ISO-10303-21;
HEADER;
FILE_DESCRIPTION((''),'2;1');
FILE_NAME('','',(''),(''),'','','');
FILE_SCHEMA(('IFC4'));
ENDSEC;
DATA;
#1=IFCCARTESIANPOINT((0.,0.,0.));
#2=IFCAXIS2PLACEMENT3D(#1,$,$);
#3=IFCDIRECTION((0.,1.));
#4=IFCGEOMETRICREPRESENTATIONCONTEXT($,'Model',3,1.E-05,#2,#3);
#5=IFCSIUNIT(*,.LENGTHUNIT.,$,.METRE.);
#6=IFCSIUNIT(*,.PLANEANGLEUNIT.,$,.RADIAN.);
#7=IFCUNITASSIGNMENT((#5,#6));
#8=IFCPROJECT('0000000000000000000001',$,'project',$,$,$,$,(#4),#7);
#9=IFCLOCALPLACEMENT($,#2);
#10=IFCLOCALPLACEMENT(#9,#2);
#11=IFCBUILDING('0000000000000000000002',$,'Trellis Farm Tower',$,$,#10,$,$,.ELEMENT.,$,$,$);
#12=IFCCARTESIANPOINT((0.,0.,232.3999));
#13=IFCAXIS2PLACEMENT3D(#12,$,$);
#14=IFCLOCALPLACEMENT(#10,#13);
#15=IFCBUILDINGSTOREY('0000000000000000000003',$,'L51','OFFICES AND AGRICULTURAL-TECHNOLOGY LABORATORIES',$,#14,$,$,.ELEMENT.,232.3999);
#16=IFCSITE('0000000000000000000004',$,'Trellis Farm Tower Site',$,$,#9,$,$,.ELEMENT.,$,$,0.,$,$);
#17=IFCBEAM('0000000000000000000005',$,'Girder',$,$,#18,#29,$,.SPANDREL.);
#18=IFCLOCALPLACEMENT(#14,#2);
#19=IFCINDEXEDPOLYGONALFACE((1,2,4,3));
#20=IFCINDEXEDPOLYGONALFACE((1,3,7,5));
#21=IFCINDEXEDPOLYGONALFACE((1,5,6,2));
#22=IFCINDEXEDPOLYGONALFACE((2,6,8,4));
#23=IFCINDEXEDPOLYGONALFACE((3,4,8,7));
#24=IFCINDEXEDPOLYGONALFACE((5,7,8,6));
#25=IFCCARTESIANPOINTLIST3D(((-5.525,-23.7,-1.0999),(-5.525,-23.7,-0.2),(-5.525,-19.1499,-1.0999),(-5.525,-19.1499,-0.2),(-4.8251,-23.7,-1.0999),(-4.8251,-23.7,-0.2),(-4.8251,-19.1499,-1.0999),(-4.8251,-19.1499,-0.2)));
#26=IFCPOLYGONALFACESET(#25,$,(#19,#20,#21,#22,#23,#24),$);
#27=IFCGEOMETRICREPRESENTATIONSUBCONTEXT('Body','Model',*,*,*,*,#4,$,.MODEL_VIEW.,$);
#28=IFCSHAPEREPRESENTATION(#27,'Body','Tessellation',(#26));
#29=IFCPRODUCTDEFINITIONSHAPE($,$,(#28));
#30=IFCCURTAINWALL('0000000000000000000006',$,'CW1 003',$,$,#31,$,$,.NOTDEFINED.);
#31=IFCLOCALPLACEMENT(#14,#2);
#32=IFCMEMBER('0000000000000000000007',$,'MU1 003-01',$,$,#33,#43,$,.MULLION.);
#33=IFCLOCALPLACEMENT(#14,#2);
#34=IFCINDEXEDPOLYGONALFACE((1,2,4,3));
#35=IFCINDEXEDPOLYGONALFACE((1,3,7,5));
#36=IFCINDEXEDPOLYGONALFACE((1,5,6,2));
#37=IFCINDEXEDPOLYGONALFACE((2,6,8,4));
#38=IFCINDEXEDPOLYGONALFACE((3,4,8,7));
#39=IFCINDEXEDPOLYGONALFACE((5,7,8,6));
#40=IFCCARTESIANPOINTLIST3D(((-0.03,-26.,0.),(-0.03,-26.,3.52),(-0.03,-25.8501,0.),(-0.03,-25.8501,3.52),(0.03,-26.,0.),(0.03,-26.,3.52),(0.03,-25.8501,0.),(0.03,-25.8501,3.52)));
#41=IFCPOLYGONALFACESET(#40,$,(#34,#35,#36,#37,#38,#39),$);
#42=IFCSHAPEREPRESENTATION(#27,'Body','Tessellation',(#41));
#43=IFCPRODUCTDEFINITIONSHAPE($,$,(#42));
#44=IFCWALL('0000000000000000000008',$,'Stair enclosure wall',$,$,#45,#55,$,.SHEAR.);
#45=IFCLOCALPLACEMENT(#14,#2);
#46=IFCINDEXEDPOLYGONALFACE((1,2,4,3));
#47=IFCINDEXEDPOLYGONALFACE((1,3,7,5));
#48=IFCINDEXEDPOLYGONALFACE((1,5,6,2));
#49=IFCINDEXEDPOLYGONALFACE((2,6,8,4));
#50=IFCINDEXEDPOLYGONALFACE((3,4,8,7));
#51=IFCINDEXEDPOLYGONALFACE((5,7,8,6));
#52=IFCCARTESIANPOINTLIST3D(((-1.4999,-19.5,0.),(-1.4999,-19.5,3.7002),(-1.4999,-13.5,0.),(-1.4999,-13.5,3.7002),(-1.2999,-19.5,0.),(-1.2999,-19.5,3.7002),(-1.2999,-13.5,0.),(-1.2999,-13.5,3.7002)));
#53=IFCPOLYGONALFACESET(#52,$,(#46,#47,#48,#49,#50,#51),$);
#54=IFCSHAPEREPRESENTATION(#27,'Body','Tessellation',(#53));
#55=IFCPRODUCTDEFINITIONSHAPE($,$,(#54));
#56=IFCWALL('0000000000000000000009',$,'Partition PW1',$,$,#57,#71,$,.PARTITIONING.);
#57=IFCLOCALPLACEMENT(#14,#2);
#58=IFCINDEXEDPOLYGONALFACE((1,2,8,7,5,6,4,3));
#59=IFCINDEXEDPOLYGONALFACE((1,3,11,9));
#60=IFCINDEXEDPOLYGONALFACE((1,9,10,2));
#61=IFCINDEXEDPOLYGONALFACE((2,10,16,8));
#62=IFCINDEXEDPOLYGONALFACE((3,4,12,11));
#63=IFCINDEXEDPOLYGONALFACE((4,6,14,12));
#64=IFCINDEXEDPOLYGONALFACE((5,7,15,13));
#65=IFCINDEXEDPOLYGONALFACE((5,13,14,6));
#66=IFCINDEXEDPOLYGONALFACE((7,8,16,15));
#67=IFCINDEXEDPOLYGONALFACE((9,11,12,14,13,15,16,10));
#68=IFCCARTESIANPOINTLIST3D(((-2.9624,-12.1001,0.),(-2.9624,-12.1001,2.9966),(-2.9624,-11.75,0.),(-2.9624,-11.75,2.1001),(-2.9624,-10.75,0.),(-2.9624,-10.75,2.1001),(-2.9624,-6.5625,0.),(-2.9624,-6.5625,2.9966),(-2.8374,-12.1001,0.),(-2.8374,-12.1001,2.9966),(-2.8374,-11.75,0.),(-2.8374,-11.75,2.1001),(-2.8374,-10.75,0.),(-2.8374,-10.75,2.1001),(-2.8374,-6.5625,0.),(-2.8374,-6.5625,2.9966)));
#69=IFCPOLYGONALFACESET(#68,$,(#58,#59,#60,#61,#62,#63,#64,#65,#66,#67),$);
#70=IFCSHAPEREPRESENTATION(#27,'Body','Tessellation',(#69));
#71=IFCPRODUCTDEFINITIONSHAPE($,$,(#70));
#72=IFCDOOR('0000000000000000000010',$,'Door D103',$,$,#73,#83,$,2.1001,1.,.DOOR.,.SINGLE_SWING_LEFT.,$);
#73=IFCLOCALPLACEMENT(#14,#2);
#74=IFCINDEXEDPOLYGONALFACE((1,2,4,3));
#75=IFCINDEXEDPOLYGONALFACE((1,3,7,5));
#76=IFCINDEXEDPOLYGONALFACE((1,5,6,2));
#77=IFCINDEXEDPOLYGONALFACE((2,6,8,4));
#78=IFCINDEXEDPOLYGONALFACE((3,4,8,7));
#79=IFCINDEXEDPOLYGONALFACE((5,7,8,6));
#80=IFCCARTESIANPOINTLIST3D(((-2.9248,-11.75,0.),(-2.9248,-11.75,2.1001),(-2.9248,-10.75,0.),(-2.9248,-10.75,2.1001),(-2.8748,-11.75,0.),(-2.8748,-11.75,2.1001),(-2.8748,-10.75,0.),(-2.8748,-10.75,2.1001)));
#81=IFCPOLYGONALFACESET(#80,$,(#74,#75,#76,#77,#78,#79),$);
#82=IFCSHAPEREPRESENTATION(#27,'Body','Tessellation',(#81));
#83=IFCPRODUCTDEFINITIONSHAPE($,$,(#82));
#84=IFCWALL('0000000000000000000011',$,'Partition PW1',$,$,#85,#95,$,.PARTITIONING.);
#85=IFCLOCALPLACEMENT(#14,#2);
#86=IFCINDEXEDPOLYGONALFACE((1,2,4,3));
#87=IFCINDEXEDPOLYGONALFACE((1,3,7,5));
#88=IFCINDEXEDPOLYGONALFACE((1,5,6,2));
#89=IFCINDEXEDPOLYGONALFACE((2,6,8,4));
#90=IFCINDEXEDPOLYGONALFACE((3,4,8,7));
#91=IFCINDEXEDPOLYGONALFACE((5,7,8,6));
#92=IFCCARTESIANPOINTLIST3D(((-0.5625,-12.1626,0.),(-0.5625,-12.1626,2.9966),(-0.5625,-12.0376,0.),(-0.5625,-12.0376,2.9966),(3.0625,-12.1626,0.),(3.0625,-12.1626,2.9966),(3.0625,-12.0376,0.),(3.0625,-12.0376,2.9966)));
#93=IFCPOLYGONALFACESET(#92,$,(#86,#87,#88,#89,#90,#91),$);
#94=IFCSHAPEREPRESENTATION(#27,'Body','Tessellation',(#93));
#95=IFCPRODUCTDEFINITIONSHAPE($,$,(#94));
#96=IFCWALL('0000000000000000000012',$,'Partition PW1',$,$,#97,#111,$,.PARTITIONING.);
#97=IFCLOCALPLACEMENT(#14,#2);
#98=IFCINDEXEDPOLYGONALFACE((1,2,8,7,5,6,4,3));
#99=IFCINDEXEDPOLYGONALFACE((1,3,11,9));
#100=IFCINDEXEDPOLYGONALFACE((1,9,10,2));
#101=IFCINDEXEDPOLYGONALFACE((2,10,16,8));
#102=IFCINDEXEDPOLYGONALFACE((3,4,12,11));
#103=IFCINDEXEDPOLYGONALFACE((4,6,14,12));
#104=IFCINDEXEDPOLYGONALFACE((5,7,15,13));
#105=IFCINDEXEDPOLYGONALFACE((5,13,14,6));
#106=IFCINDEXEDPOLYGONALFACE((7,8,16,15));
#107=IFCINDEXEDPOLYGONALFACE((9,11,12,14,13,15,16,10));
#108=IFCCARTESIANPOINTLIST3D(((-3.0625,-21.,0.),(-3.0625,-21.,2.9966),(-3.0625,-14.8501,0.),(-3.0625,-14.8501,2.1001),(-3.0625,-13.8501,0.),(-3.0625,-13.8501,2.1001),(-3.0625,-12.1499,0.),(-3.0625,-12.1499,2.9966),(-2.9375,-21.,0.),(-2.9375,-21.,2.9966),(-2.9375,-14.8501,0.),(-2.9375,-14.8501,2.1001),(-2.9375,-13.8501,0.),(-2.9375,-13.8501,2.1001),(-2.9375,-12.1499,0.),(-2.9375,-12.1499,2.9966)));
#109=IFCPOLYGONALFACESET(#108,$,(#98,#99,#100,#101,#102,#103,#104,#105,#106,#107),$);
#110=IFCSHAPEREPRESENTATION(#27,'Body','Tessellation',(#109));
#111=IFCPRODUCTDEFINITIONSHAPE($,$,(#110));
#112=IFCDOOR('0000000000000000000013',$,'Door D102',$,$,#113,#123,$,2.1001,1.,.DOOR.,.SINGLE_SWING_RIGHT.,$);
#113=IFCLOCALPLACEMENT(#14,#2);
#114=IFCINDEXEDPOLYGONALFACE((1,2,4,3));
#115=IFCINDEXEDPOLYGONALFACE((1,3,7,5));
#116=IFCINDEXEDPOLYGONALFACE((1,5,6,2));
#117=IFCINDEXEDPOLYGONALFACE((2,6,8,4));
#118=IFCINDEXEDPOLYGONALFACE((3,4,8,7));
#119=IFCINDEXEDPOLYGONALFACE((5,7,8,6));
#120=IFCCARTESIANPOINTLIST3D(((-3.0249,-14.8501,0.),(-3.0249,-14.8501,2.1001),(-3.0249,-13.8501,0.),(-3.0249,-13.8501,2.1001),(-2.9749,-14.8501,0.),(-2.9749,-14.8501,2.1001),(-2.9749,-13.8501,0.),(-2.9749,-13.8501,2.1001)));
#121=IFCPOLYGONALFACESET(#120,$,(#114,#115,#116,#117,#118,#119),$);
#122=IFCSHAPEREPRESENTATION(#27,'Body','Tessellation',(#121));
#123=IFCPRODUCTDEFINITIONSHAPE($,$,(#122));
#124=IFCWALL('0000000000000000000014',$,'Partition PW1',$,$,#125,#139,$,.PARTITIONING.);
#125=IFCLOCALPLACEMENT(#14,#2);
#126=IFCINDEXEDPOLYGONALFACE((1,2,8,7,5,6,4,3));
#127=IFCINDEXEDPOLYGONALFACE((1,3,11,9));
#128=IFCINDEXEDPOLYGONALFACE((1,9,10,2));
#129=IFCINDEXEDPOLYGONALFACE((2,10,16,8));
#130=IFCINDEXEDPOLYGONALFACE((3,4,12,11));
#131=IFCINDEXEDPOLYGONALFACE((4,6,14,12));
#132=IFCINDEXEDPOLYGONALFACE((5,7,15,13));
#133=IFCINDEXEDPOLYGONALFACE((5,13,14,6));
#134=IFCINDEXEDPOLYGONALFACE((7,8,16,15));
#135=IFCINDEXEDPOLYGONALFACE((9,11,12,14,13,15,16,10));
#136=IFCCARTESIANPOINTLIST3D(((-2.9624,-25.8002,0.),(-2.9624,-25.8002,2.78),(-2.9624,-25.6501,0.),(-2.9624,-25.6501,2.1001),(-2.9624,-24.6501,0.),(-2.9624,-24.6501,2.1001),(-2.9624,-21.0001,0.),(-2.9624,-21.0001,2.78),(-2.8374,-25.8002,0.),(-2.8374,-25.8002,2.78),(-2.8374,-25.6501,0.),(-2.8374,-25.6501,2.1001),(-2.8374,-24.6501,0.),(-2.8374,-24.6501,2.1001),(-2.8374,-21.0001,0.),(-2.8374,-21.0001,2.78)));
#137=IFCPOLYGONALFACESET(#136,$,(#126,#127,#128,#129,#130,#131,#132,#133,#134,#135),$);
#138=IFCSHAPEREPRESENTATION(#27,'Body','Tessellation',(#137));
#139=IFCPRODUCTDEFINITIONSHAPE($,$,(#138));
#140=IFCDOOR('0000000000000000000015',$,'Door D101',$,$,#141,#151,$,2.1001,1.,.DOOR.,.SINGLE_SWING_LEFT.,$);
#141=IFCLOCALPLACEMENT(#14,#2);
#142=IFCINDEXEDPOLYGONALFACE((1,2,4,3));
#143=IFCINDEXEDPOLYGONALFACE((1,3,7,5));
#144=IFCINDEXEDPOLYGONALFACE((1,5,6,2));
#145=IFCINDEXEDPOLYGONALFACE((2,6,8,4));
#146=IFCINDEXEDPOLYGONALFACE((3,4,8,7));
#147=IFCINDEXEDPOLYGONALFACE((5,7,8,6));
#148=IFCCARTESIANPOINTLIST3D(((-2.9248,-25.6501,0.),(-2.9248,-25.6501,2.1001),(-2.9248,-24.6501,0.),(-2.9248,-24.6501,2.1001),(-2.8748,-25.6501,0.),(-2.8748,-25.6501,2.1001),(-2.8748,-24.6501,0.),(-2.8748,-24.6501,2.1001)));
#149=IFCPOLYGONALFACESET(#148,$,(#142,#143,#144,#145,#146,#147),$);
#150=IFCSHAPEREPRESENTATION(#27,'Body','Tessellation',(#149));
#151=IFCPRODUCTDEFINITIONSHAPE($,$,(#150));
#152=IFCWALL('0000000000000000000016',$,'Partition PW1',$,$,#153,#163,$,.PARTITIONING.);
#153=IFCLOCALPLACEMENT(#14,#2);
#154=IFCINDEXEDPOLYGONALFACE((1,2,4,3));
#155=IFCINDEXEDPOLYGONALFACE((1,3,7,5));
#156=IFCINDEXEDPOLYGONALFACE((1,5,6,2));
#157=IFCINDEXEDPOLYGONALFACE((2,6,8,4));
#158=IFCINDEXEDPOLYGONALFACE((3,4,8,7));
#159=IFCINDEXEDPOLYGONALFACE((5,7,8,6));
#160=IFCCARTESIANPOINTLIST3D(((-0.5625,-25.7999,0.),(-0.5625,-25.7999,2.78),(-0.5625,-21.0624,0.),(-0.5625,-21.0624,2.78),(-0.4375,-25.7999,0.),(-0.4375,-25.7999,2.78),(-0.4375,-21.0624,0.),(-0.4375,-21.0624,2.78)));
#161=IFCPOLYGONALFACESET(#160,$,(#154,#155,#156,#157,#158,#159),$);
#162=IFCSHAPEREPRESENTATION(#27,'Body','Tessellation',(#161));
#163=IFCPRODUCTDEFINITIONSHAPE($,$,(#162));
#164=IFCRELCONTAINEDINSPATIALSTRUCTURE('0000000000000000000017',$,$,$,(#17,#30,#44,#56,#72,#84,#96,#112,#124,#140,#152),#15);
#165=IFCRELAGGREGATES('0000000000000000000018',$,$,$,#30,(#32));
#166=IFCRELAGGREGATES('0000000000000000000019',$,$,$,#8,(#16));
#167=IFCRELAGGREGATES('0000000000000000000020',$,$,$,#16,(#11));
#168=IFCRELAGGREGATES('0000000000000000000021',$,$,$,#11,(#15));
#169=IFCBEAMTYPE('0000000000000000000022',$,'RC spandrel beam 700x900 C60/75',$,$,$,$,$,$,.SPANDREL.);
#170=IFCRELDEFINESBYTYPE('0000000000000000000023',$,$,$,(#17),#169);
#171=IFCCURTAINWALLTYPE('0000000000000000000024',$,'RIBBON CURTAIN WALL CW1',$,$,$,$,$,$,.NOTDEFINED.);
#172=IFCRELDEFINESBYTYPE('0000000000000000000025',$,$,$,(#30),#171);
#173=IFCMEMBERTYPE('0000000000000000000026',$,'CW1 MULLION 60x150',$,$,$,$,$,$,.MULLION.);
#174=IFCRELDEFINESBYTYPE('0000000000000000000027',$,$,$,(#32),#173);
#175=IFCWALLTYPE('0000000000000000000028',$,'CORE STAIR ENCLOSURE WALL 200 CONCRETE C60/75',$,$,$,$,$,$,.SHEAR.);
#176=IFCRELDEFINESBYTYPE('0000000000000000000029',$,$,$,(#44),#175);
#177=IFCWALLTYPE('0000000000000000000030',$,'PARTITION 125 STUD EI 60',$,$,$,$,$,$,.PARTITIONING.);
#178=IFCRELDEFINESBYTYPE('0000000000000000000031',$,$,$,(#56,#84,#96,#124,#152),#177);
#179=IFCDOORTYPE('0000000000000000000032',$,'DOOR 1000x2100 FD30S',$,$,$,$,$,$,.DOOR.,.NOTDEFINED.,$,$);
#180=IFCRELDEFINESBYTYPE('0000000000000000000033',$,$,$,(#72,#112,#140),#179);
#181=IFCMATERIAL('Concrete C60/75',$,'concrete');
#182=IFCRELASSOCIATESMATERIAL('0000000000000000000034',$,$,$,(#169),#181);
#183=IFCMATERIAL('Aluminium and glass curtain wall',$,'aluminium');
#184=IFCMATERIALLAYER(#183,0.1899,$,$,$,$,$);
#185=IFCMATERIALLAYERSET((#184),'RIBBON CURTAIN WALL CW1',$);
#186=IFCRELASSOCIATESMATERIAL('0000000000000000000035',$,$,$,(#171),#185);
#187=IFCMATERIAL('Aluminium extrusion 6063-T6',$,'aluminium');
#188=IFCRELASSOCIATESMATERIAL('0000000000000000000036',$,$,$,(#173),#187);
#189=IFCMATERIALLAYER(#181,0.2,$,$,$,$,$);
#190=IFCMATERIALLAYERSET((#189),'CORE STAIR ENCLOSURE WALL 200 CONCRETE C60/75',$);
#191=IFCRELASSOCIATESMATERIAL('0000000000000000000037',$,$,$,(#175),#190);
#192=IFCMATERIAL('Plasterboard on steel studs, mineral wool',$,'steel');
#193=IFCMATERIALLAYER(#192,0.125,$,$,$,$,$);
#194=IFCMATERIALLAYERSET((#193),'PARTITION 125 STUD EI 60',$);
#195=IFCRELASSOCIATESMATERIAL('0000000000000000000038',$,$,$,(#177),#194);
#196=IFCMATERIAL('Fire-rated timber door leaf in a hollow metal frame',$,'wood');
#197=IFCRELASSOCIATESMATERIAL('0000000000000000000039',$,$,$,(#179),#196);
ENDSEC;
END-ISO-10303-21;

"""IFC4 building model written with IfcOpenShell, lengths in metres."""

from ifc_helpers import new_model, si_unit, direction, frame, frame_2d, origin, origin_2d, place, context, subcontext, project, spatial, rectangle, extrude, source, transform, mapped, material, layer, layer_set, material_profile, profile_set, type_object, element, fill, aggregate, save


model = new_model("IFC4")

# Units and contexts
model_context = context("Model", 3, precision=1e-05, world=origin(), true_north=direction((0.0, 1.0)))
body_context = subcontext(model_context, "Body", "Model", "MODEL_VIEW")
ifc_project = project(units=[si_unit("LENGTHUNIT", "METRE"), si_unit("PLANEANGLEUNIT", "RADIAN")], contexts=[model_context])

# Site, building, storey
site_placement = place(None, origin())
site = spatial("IfcSite", under=ifc_project, at=site_placement, Name="Trellis Farm Tower Site", CompositionType="ELEMENT", RefElevation=0.0)
building_placement = place(site_placement, origin())
building = spatial("IfcBuilding", under=site, at=building_placement, Name="Trellis Farm Tower", CompositionType="ELEMENT")
storey_placement = place(building_placement, frame((0.0, 0.0, 232.3999)))
storey = spatial("IfcBuildingStorey", under=building, at=storey_placement, Name="L51", Description="OFFICES AND AGRICULTURAL-TECHNOLOGY LABORATORIES", CompositionType="ELEMENT", Elevation=232.3999)

# Shared definitions
ifc_material_1 = material(Name="Concrete C60/75", Category="concrete")

# Beam
ifc_material_profile_1 = material_profile(ifc_material_1, rectangle(XDim=0.7, YDim=0.8999, at=origin_2d()), Name="RC spandrel beam 700x900 C60/75")
ifc_profile_set_1 = profile_set([ifc_material_profile_1], Name="Concrete C60/75")
beam_type_1 = type_object("IfcBeamType", Name="RC spandrel beam 700x900 C60/75", PredefinedType="SPANDREL", material=ifc_profile_set_1)
shared_shape_1 = source(origin(), body_context, "Body", "SweptSolid", [
    extrude(rectangle(XDim=0.7, YDim=0.8999, at=origin_2d()), origin(), (0.0, 0.0, 1.0), 4.55),
])
beam_1_placement = place(storey_placement, frame((-5.175, -23.7, -0.6499), z_axis=(0.0, 1.0, 0.0), x_axis=(-1.0, 0.0, 0.0)))
element("IfcBeam", 1, at=beam_1_placement, inside=storey, type_object=beam_type_1, Name="Girder", PredefinedType="SPANDREL", context=body_context, shape_type="MappedRepresentation", body=[
    mapped(shared_shape_1, transform((0.0, 0.0, 0.0))),
])

# Curtain wall, member
ifc_material_2 = material(Name="Aluminium and glass curtain wall", Category="aluminium")
ifc_layer_1 = layer(ifc_material_2, 0.1899)
ifc_layer_set_1 = layer_set([ifc_layer_1], Name="RIBBON CURTAIN WALL CW1")
curtain_wall_type = type_object("IfcCurtainWallType", Name="RIBBON CURTAIN WALL CW1", PredefinedType="NOTDEFINED", material=ifc_layer_set_1)
placement = place(storey_placement, origin())
curtain_wall = element("IfcCurtainWall", 2, at=placement, inside=storey, type_object=curtain_wall_type, Name="CW1 003", PredefinedType="NOTDEFINED")
ifc_material_3 = material(Name="Aluminium extrusion 6063-T6", Category="aluminium")
ifc_material_profile_2 = material_profile(ifc_material_3, rectangle(XDim=0.0601, YDim=0.1499, at=origin_2d()), Name="MULLION 60x150")
ifc_profile_set_2 = profile_set([ifc_material_profile_2], Name="Aluminium extrusion 6063-T6")
member_type = type_object("IfcMemberType", Name="CW1 MULLION 60x150", PredefinedType="MULLION", material=ifc_profile_set_2)
shared_shape_2 = source(origin(), body_context, "Body", "SweptSolid", [
    extrude(rectangle(XDim=0.0601, YDim=0.1499, at=origin_2d()), origin(), (0.0, 0.0, 1.0), 3.52),
])
member_placement = place(storey_placement, frame((0.0, -25.925, 0.0), z_axis=(0.0, 0.0, 1.0), x_axis=(1.0, 0.0, 0.0)))
member = element("IfcMember", 3, at=member_placement, type_object=member_type, Name="MU1 003-01", PredefinedType="MULLION", context=body_context, shape_type="MappedRepresentation", body=[
    mapped(shared_shape_2, transform((0.0, 0.0, 0.0))),
])
aggregate(curtain_wall, [member])

# Wall
ifc_layer_2 = layer(ifc_material_1, 0.2)
ifc_layer_set_2 = layer_set([ifc_layer_2], Name="CORE STAIR ENCLOSURE WALL 200 CONCRETE C60/75")
wall_type_1 = type_object("IfcWallType", Name="CORE STAIR ENCLOSURE WALL 200 CONCRETE C60/75", PredefinedType="SHEAR", material=ifc_layer_set_2)
shared_shape_3 = source(origin(), body_context, "Body", "SweptSolid", [
    extrude(rectangle(XDim=6.0, YDim=0.2, at=frame_2d((3.0, 0.0))), origin(), (0.0, 0.0, 1.0), 3.7002),
])
wall_1_placement = place(storey_placement, frame((-1.3999, -13.5, 0.0), z_axis=(0.0, 0.0, 1.0), x_axis=(0.0, -1.0, 0.0)))
element("IfcWall", 4, at=wall_1_placement, inside=storey, type_object=wall_type_1, Name="Stair enclosure wall", PredefinedType="SHEAR", context=body_context, shape_type="MappedRepresentation", body=[
    mapped(shared_shape_3, transform((0.0, 0.0, 0.0))),
])

# Wall, opening, door
ifc_material_4 = material(Name="Plasterboard on steel studs, mineral wool", Category="steel")
ifc_layer_3 = layer(ifc_material_4, 0.125)
ifc_layer_set_3 = layer_set([ifc_layer_3], Name="PARTITION 125 STUD EI 60")
wall_type_2 = type_object("IfcWallType", Name="PARTITION 125 STUD EI 60", PredefinedType="PARTITIONING", material=ifc_layer_set_3)
shared_shape_4 = source(origin(), body_context, "Body", "SweptSolid", [
    extrude(rectangle(XDim=5.5376, YDim=0.125, at=frame_2d((2.7688, 0.0))), origin(), (0.0, 0.0, 1.0), 2.9966),
])
wall_2_placement = place(storey_placement, frame((-2.8999, -12.1001, 0.0), z_axis=(0.0, 0.0, 1.0), x_axis=(0.0, 1.0, 0.0)))
wall_2 = element("IfcWall", 5, at=wall_2_placement, inside=storey, type_object=wall_type_2, Name="Partition PW1", PredefinedType="PARTITIONING", context=body_context, shape_type="MappedRepresentation", body=[
    mapped(shared_shape_4, transform((0.0, 0.0, 0.0))),
])
shared_shape_5 = source(origin(), body_context, "Body", "SweptSolid", [
    extrude(rectangle(XDim=1.0, YDim=2.1001, at=frame_2d((0.5, 1.05))), frame((0.0, 0.0725, 0.0), z_axis=(0.0, -1.0, 0.0), x_axis=(1.0, 0.0, 0.0)), (0.0, 0.0, 1.0), 0.145),
])
opening_1_placement = place(wall_2_placement, frame((0.3501, 0.0, 0.0)))
opening_1 = element("IfcOpeningElement", 6, at=opening_1_placement, cuts=wall_2, PredefinedType="OPENING", context=body_context, shape_type="MappedRepresentation", body=[
    mapped(shared_shape_5, transform((0.0, 0.0, 0.0))),
])
ifc_material_5 = material(Name="Fire-rated timber door leaf in a hollow metal frame", Category="wood")
door_type = type_object("IfcDoorType", Name="DOOR 1000x2100 FD30S", OperationType="NOTDEFINED", PredefinedType="DOOR", material=ifc_material_5)
shared_shape_6 = source(origin(), body_context, "Body", "SweptSolid", [
    extrude(rectangle(XDim=1.0, YDim=2.1001, at=frame_2d((0.5, 1.05))), frame((0.0, 0.0249, 0.0), z_axis=(0.0, -1.0, 0.0), x_axis=(1.0, 0.0, 0.0)), (0.0, 0.0, 1.0), 0.05),
])
door_1_placement = place(opening_1_placement, origin())
door_1 = element("IfcDoor", 7, at=door_1_placement, inside=storey, type_object=door_type, Name="Door D103", OperationType="SINGLE_SWING_LEFT", OverallHeight=2.1001, OverallWidth=1.0, PredefinedType="DOOR", context=body_context, shape_type="MappedRepresentation", body=[
    mapped(shared_shape_6, transform((0.0, 0.0, 0.0))),
])
fill(opening_1, door_1)

# Wall
shared_shape_7 = source(origin(), body_context, "Body", "SweptSolid", [
    extrude(rectangle(XDim=3.625, YDim=0.125, at=frame_2d((1.8125, 0.0))), origin(), (0.0, 0.0, 1.0), 2.9966),
])
wall_3_placement = place(storey_placement, frame((-0.5625, -12.1001, 0.0), z_axis=(0.0, 0.0, 1.0), x_axis=(1.0, 0.0, 0.0)))
element("IfcWall", 8, at=wall_3_placement, inside=storey, type_object=wall_type_2, Name="Partition PW1", PredefinedType="PARTITIONING", context=body_context, shape_type="MappedRepresentation", body=[
    mapped(shared_shape_7, transform((0.0, 0.0, 0.0))),
])

# Walls, openings, doors
shared_shape_8 = source(origin(), body_context, "Body", "SweptSolid", [
    extrude(rectangle(XDim=8.8501, YDim=0.125, at=frame_2d((4.425, 0.0))), origin(), (0.0, 0.0, 1.0), 2.9966),
])
wall_4_placement = place(storey_placement, frame((-3.0, -21.0, 0.0), z_axis=(0.0, 0.0, 1.0), x_axis=(0.0, 1.0, 0.0)))
wall_4 = element("IfcWall", 9, at=wall_4_placement, inside=storey, type_object=wall_type_2, Name="Partition PW1", PredefinedType="PARTITIONING", context=body_context, shape_type="MappedRepresentation", body=[
    mapped(shared_shape_8, transform((0.0, 0.0, 0.0))),
])
opening_2_placement = place(wall_4_placement, frame((6.1499, 0.0, 0.0)))
opening_2 = element("IfcOpeningElement", 10, at=opening_2_placement, cuts=wall_4, PredefinedType="OPENING", context=body_context, shape_type="MappedRepresentation", body=[
    mapped(shared_shape_5, transform((0.0, 0.0, 0.0))),
])
door_2_placement = place(opening_2_placement, origin())
door_2 = element("IfcDoor", 11, at=door_2_placement, inside=storey, type_object=door_type, Name="Door D102", OperationType="SINGLE_SWING_RIGHT", OverallHeight=2.1001, OverallWidth=1.0, PredefinedType="DOOR", context=body_context, shape_type="MappedRepresentation", body=[
    mapped(shared_shape_6, transform((0.0, 0.0, 0.0))),
])
fill(opening_2, door_2)
shared_shape_9 = source(origin(), body_context, "Body", "SweptSolid", [
    extrude(rectangle(XDim=4.8, YDim=0.125, at=frame_2d((2.3999, 0.0))), origin(), (0.0, 0.0, 1.0), 2.78),
])
wall_5_placement = place(storey_placement, frame((-2.8999, -25.8, 0.0), z_axis=(0.0, 0.0, 1.0), x_axis=(0.0, 1.0, 0.0)))
wall_5 = element("IfcWall", 12, at=wall_5_placement, inside=storey, type_object=wall_type_2, Name="Partition PW1", PredefinedType="PARTITIONING", context=body_context, shape_type="MappedRepresentation", body=[
    mapped(shared_shape_9, transform((0.0, 0.0, 0.0))),
])
opening_3_placement = place(wall_5_placement, frame((0.1499, 0.0, 0.0)))
opening_3 = element("IfcOpeningElement", 13, at=opening_3_placement, cuts=wall_5, PredefinedType="OPENING", context=body_context, shape_type="MappedRepresentation", body=[
    mapped(shared_shape_5, transform((0.0, 0.0, 0.0))),
])
door_3_placement = place(opening_3_placement, origin())
door_3 = element("IfcDoor", 14, at=door_3_placement, inside=storey, type_object=door_type, Name="Door D101", OperationType="SINGLE_SWING_LEFT", OverallHeight=2.1001, OverallWidth=1.0, PredefinedType="DOOR", context=body_context, shape_type="MappedRepresentation", body=[
    mapped(shared_shape_6, transform((0.0, 0.0, 0.0))),
])
fill(opening_3, door_3)

# Wall
shared_shape_10 = source(origin(), body_context, "Body", "SweptSolid", [
    extrude(rectangle(XDim=4.7375, YDim=0.125, at=frame_2d((2.3687, 0.0))), origin(), (0.0, 0.0, 1.0), 2.78),
])
wall_6_placement = place(storey_placement, frame((-0.5, -21.0625, 0.0), z_axis=(0.0, 0.0, 1.0), x_axis=(0.0, -1.0, 0.0)))
element("IfcWall", 15, at=wall_6_placement, inside=storey, type_object=wall_type_2, Name="Partition PW1", PredefinedType="PARTITIONING", context=body_context, shape_type="MappedRepresentation", body=[
    mapped(shared_shape_10, transform((0.0, 0.0, 0.0))),
])

save(model, "model.ifc")
